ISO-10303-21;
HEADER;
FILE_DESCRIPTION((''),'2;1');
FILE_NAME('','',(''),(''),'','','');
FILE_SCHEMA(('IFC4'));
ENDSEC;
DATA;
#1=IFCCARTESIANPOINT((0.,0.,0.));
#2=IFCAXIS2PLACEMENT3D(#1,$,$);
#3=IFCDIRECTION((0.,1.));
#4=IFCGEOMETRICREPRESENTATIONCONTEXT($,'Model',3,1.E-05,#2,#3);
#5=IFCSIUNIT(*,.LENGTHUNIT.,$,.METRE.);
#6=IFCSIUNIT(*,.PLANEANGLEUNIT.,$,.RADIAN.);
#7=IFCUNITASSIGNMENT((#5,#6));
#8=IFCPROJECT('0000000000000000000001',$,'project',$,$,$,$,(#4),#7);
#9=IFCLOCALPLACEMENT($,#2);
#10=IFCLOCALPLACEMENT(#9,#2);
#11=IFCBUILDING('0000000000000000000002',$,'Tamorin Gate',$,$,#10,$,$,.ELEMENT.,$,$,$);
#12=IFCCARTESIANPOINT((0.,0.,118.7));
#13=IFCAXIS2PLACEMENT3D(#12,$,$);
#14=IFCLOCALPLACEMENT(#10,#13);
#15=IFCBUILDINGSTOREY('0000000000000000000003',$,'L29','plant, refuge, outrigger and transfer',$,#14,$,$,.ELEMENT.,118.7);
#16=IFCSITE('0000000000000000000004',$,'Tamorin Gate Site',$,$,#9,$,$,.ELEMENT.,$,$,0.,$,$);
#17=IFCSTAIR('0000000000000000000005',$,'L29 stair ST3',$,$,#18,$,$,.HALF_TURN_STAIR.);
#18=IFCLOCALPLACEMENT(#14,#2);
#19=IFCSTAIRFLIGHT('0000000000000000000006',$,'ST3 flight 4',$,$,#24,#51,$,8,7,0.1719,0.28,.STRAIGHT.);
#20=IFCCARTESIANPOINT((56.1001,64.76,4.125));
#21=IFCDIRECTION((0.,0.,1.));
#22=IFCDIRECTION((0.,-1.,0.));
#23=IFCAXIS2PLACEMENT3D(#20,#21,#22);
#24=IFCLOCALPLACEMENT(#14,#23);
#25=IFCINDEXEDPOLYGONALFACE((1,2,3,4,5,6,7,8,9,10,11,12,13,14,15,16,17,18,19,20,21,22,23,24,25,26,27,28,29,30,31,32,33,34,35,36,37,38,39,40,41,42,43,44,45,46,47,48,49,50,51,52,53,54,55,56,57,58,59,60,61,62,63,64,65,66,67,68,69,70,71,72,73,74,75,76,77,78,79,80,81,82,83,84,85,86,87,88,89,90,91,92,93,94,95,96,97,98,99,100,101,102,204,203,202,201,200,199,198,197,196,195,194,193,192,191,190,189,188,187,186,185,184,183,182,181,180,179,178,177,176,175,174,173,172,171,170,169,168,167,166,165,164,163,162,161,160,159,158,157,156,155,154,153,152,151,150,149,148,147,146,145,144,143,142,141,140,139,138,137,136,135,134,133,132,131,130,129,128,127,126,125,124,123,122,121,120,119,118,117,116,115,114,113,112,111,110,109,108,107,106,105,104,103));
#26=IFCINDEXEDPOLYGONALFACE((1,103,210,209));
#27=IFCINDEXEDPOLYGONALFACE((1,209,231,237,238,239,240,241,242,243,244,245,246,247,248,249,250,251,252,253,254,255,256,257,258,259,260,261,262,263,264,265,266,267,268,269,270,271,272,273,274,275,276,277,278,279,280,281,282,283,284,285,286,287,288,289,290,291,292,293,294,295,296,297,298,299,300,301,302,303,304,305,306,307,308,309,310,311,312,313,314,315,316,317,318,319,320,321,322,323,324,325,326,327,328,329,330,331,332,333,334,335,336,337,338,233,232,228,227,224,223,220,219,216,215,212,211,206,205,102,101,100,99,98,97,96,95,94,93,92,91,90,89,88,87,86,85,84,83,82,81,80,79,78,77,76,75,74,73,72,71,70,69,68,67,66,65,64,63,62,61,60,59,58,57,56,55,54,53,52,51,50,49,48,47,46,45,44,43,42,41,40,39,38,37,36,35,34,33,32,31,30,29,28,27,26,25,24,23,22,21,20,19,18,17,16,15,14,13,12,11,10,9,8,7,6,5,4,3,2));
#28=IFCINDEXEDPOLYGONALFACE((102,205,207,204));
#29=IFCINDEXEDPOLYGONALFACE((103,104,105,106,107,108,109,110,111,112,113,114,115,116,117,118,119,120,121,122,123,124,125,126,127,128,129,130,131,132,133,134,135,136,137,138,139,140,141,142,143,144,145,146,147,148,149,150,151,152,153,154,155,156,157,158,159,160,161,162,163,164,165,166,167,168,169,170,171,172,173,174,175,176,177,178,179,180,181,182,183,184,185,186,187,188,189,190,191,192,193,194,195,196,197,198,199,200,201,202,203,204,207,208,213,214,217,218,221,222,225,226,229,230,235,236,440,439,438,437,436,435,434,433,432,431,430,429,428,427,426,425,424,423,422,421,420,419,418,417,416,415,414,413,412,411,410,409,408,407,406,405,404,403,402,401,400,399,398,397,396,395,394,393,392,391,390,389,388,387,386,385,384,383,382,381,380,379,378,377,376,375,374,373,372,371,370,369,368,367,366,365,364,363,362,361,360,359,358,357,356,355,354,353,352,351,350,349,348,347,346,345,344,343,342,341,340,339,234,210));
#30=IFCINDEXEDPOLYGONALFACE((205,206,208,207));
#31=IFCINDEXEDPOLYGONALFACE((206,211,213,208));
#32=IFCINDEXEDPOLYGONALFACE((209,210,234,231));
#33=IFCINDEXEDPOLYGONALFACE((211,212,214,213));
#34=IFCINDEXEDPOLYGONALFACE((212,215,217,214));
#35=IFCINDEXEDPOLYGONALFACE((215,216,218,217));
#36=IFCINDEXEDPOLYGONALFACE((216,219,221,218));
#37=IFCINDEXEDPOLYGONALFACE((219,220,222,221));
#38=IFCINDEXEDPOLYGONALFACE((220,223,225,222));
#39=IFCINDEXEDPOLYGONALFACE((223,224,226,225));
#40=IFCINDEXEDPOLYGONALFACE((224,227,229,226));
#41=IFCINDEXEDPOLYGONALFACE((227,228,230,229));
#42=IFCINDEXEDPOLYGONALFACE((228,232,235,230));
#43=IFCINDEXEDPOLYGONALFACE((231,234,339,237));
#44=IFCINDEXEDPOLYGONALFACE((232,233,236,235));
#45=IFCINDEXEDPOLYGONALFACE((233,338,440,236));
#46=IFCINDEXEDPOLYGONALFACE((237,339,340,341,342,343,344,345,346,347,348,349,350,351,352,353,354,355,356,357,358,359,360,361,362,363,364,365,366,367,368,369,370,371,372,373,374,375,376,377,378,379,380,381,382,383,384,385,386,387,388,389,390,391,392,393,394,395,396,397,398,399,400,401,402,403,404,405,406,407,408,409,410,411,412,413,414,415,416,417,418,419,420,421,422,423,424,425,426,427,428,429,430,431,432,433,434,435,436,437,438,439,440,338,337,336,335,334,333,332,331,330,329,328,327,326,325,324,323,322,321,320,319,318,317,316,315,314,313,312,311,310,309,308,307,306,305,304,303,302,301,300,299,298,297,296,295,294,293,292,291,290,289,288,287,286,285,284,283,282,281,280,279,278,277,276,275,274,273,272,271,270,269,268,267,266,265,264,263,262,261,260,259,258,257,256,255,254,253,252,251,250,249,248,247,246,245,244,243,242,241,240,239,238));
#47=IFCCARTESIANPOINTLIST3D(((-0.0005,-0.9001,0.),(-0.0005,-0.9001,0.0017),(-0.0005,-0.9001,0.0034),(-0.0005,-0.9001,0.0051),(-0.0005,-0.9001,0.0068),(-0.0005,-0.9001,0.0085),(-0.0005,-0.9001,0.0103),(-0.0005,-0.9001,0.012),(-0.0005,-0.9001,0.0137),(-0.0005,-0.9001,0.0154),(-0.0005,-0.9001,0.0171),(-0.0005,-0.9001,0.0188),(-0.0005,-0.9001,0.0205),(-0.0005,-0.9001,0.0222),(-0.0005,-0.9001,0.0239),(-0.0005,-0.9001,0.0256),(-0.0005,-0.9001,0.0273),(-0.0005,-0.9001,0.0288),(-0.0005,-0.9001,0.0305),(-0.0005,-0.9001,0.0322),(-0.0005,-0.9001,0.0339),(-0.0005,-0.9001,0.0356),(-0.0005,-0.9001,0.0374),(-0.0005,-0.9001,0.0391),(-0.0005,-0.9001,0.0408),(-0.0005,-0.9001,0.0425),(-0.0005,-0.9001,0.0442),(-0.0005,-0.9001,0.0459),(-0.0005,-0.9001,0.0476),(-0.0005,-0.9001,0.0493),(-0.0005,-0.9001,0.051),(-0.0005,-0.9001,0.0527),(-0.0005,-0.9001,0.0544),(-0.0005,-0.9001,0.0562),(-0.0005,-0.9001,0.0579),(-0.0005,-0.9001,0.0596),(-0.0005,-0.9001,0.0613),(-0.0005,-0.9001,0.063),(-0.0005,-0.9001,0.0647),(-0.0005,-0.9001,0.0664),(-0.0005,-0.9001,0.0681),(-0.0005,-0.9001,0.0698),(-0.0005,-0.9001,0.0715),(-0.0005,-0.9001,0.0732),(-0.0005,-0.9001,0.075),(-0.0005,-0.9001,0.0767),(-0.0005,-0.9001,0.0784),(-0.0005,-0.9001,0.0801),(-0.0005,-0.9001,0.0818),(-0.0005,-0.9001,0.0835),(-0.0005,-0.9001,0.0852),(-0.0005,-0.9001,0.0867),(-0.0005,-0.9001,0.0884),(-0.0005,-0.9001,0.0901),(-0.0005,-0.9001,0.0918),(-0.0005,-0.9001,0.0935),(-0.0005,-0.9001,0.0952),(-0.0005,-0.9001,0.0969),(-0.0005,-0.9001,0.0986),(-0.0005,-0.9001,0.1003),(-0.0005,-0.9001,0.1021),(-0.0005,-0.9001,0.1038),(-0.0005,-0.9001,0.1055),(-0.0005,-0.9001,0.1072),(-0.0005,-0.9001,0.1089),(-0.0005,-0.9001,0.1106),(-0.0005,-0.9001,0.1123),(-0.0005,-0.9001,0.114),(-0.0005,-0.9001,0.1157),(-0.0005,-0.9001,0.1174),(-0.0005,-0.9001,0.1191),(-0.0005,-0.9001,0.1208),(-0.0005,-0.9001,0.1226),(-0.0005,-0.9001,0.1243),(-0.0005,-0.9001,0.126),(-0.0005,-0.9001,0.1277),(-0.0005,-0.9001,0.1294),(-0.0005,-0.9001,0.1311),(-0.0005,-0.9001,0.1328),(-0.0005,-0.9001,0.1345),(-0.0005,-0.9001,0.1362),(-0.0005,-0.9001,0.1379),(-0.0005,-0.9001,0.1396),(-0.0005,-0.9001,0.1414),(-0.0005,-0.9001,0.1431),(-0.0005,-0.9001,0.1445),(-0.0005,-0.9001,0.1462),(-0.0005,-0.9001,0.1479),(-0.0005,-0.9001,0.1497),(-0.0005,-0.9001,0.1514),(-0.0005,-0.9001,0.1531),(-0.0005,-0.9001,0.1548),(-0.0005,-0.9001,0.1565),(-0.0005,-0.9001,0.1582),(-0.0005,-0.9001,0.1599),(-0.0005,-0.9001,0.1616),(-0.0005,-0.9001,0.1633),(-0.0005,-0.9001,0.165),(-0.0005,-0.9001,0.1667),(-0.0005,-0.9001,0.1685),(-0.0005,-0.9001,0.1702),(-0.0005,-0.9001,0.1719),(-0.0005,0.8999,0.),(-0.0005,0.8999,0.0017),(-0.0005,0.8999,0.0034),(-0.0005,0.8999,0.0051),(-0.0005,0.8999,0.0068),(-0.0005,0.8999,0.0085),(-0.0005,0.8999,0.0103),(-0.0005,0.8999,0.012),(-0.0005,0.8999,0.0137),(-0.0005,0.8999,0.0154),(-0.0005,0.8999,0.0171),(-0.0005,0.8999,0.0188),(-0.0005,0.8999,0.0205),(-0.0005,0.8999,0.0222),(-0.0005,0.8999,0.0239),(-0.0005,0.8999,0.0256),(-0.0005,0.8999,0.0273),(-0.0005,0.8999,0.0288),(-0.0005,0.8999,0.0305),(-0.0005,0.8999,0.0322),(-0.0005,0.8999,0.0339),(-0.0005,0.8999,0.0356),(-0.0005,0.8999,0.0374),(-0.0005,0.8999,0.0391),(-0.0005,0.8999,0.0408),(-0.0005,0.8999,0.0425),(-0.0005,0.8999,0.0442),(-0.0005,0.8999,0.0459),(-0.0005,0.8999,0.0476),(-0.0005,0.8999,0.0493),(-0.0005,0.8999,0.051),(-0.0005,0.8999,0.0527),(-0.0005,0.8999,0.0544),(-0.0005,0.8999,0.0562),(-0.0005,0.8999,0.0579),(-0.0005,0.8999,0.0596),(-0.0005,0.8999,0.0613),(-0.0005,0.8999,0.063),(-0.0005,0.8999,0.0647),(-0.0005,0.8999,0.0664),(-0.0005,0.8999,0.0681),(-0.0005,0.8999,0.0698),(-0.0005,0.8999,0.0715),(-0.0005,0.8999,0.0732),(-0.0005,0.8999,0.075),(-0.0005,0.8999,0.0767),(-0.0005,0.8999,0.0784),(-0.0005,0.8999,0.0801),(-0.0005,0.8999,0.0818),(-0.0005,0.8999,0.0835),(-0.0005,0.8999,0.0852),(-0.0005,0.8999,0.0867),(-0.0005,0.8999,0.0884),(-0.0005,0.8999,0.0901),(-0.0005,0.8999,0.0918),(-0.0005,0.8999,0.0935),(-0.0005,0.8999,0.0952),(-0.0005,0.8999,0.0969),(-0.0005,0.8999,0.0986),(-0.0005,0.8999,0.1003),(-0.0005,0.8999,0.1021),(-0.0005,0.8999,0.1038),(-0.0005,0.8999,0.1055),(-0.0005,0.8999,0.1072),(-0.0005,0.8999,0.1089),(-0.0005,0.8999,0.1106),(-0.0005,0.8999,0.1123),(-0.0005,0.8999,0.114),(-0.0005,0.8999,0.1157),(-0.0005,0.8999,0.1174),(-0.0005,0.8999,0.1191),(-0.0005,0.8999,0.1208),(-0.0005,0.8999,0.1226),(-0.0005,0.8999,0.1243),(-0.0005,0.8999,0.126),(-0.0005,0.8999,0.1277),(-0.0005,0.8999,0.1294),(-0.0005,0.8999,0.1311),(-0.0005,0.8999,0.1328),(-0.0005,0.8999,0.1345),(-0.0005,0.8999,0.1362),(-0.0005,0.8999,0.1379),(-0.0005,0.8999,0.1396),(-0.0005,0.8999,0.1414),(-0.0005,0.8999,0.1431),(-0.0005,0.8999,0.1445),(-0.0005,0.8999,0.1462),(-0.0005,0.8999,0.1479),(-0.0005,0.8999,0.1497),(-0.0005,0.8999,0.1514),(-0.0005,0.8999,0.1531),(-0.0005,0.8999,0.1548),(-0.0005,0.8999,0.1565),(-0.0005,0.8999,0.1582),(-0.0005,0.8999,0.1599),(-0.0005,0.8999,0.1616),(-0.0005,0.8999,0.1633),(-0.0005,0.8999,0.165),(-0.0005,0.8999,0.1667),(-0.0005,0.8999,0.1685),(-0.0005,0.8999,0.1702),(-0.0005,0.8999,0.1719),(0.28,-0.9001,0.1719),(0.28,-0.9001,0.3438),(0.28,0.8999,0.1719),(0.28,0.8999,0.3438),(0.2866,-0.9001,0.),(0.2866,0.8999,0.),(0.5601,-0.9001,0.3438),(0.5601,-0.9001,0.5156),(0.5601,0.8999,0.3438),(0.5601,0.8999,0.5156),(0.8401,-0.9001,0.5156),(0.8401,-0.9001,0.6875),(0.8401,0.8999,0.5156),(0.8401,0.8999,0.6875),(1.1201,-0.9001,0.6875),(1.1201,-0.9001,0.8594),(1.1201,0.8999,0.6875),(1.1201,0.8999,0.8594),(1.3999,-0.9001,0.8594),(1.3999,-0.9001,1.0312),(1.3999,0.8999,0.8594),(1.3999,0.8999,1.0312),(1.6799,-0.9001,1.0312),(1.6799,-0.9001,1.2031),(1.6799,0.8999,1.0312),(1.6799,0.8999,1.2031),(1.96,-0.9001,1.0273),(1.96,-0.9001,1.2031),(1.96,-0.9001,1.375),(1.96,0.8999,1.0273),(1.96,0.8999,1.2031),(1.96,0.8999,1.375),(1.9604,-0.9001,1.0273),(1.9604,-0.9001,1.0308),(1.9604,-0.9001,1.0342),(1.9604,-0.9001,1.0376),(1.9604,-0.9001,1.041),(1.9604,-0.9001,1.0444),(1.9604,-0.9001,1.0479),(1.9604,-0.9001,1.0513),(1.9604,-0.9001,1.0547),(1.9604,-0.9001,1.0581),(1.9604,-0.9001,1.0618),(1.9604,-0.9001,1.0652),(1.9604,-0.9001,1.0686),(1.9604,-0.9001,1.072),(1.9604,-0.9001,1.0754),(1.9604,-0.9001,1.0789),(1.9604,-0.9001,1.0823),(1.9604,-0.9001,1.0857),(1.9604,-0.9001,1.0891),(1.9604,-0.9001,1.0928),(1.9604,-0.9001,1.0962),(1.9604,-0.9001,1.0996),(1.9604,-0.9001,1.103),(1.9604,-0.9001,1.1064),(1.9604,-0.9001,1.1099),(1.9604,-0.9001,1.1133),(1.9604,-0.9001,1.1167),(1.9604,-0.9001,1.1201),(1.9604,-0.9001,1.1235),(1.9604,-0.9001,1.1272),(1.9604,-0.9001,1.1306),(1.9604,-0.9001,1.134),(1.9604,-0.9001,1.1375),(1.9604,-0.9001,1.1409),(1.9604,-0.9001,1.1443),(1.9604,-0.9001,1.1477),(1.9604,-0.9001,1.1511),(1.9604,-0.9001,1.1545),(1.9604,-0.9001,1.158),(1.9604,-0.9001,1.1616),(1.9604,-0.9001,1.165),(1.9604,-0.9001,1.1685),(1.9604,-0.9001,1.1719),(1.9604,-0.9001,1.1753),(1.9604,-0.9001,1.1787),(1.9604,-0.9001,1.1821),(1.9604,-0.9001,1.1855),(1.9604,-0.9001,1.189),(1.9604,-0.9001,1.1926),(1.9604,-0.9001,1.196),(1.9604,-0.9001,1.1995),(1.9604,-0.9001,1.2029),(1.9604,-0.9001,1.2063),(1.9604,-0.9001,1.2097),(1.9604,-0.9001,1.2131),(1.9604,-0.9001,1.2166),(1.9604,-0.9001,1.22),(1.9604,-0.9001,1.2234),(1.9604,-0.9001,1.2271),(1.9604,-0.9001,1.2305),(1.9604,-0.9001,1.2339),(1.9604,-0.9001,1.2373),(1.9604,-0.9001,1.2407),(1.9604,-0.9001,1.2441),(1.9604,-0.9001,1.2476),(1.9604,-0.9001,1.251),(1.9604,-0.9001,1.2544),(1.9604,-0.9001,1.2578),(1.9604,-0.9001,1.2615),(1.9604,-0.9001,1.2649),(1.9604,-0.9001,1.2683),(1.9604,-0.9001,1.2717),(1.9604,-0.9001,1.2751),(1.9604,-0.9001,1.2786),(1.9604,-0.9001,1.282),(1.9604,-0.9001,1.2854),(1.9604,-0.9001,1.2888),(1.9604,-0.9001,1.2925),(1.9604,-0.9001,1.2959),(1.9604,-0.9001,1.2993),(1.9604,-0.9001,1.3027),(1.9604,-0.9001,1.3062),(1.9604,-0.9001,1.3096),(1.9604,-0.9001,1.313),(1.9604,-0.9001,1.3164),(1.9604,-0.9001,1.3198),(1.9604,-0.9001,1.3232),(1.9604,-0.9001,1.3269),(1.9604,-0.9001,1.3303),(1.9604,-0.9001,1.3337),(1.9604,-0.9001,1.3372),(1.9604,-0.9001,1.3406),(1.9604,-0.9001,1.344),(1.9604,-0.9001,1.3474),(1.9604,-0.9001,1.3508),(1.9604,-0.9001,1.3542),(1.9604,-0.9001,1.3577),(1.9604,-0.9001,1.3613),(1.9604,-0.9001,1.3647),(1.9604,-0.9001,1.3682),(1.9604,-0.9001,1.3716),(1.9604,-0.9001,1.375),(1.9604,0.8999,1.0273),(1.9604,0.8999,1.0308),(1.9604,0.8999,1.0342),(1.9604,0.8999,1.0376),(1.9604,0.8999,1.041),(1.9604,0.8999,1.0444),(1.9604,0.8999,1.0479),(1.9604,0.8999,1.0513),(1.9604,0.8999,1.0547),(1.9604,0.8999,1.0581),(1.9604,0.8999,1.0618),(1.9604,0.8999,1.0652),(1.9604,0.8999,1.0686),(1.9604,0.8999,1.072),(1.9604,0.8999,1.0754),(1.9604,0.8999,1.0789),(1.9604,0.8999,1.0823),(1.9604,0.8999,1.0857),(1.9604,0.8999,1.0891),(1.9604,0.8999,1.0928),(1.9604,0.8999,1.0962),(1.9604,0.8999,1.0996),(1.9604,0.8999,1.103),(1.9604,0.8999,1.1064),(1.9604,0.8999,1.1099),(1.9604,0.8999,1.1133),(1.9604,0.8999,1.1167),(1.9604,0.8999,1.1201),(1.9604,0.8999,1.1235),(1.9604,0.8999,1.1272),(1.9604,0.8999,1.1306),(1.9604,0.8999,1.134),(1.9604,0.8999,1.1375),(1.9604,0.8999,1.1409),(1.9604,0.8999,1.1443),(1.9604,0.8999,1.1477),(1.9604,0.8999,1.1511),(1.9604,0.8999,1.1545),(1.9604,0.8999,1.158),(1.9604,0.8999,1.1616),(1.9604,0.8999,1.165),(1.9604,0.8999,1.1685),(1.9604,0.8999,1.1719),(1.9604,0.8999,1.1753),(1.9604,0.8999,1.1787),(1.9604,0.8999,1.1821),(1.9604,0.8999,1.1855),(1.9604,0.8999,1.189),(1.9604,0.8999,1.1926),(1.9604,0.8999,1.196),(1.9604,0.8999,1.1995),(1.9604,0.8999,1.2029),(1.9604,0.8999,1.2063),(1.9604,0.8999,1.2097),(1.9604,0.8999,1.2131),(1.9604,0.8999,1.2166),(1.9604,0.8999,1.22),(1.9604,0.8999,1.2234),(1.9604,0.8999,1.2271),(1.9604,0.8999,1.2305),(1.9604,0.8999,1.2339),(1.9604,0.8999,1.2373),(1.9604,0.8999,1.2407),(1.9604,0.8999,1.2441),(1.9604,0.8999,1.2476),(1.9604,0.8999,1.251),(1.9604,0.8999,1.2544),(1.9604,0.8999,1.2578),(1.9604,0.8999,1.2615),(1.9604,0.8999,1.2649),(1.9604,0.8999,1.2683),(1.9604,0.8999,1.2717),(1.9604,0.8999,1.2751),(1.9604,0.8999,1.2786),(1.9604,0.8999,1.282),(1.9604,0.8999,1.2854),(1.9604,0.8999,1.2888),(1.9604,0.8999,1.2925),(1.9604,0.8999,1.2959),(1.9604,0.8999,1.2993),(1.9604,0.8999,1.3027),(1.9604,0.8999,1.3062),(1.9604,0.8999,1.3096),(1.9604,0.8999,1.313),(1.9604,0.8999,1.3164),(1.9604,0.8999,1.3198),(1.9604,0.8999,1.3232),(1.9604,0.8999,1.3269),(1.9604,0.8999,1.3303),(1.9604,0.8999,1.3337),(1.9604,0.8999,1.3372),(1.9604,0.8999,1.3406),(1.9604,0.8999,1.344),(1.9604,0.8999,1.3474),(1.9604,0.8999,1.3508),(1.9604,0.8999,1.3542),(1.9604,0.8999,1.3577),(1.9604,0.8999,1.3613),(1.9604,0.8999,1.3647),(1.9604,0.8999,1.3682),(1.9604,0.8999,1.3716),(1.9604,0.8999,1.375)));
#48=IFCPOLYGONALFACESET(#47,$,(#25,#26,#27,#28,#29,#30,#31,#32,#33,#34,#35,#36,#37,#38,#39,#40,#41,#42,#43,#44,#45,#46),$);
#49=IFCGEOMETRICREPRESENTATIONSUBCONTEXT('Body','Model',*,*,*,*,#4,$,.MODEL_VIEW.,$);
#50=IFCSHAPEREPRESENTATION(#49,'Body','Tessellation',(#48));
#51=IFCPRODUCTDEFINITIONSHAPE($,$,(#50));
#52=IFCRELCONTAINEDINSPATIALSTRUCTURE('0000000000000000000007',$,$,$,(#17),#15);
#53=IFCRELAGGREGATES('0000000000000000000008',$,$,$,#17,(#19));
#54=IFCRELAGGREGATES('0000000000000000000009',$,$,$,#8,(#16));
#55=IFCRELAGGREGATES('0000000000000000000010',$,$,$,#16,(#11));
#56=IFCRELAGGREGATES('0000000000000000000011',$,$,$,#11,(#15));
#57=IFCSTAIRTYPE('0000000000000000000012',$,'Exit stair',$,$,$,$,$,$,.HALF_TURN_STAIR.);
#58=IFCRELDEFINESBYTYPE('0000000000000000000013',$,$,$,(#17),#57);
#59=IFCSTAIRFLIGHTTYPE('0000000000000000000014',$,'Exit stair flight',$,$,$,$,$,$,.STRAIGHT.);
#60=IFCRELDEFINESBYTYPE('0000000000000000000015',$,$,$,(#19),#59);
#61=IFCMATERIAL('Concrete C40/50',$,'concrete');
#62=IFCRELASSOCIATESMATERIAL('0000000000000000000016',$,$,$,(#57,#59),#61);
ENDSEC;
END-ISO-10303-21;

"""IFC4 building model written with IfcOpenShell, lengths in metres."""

from ifc_helpers import new_model, si_unit, direction, frame, origin, place, context, subcontext, project, spatial, polyline, outline, extrude, material, type_object, element, aggregate, save


model = new_model("IFC4")

# Units and contexts
model_context = context("Model", 3, precision=1e-05, world=origin(), true_north=direction((0.0, 1.0)))
body_context = subcontext(model_context, "Body", "Model", "MODEL_VIEW")
ifc_project = project(units=[si_unit("LENGTHUNIT", "METRE"), si_unit("PLANEANGLEUNIT", "RADIAN")], contexts=[model_context])

# Site, building, storey
site_placement = place(None, origin())
site = spatial("IfcSite", under=ifc_project, at=site_placement, Name="Tamorin Gate Site", CompositionType="ELEMENT", RefElevation=0.0)
building_placement = place(site_placement, origin())
building = spatial("IfcBuilding", under=site, at=building_placement, Name="Tamorin Gate", CompositionType="ELEMENT")
storey_placement = place(building_placement, frame((0.0, 0.0, 118.7)))
storey = spatial("IfcBuildingStorey", under=building, at=storey_placement, Name="L29", Description="plant, refuge, outrigger and transfer", CompositionType="ELEMENT", Elevation=118.7)

# Stair, stair flight
ifc_material_1 = material(Name="Concrete C40/50", Category="concrete")
stair_type = type_object("IfcStairType", Name="Exit stair", PredefinedType="HALF_TURN_STAIR", material=ifc_material_1)
stair_placement = place(storey_placement, origin())
stair = element("IfcStair", 1, at=stair_placement, inside=storey, type_object=stair_type, Name="L29 stair ST3", PredefinedType="HALF_TURN_STAIR")
stair_flight_type = type_object("IfcStairFlightType", Name="Exit stair flight", PredefinedType="STRAIGHT", material=ifc_material_1)
stair_flight_1_placement = place(storey_placement, frame((56.1001, 64.76, 4.125), z_axis=(0.0, 0.0, 1.0), x_axis=(0.0, -1.0, 0.0)))
stair_flight_1 = element("IfcStairFlight", 2, at=stair_flight_1_placement, type_object=stair_flight_type, Name="ST3 flight 4", NumberOfRisers=8, NumberOfTreads=7, PredefinedType="STRAIGHT", RiserHeight=0.1719, TreadLength=0.28, context=body_context, shape_type="SweptSolid", body=[
    extrude(outline(polyline([(-0.0005, 0.0), (-0.0005, 0.0017), (-0.0005, 0.0034), (-0.0005, 0.0051), (-0.0005, 0.0068), (-0.0005, 0.0085), (-0.0005, 0.0103), (-0.0005, 0.012), (-0.0005, 0.0137), (-0.0005, 0.0154), (-0.0005, 0.0171), (-0.0005, 0.0188), (-0.0005, 0.0205), (-0.0005, 0.0222), (-0.0005, 0.0239), (-0.0005, 0.0256), (-0.0005, 0.0273), (-0.0005, 0.0288), (-0.0005, 0.0305), (-0.0005, 0.0322), (-0.0005, 0.0339), (-0.0005, 0.0356), (-0.0005, 0.0374), (-0.0005, 0.0391), (-0.0005, 0.0408), (-0.0005, 0.0425), (-0.0005, 0.0442), (-0.0005, 0.0459), (-0.0005, 0.0476), (-0.0005, 0.0493), (-0.0005, 0.051), (-0.0005, 0.0527), (-0.0005, 0.0544), (-0.0005, 0.0562), (-0.0005, 0.0579), (-0.0005, 0.0596), (-0.0005, 0.0613), (-0.0005, 0.063), (-0.0005, 0.0647), (-0.0005, 0.0664), (-0.0005, 0.0681), (-0.0005, 0.0698), (-0.0005, 0.0715), (-0.0005, 0.0732), (-0.0005, 0.075), (-0.0005, 0.0767), (-0.0005, 0.0784), (-0.0005, 0.0801), (-0.0005, 0.0818), (-0.0005, 0.0835), (-0.0005, 0.0852), (-0.0005, 0.0867), (-0.0005, 0.0884), (-0.0005, 0.0901), (-0.0005, 0.0918), (-0.0005, 0.0935), (-0.0005, 0.0952), (-0.0005, 0.0969), (-0.0005, 0.0986), (-0.0005, 0.1003), (-0.0005, 0.1021), (-0.0005, 0.1038), (-0.0005, 0.1055), (-0.0005, 0.1072), (-0.0005, 0.1089), (-0.0005, 0.1106), (-0.0005, 0.1123), (-0.0005, 0.114), (-0.0005, 0.1157), (-0.0005, 0.1174), (-0.0005, 0.1191), (-0.0005, 0.1208), (-0.0005, 0.1226), (-0.0005, 0.1243), (-0.0005, 0.126), (-0.0005, 0.1277), (-0.0005, 0.1294), (-0.0005, 0.1311), (-0.0005, 0.1328), (-0.0005, 0.1345), (-0.0005, 0.1362), (-0.0005, 0.1379), (-0.0005, 0.1396), (-0.0005, 0.1414), (-0.0005, 0.1431), (-0.0005, 0.1445), (-0.0005, 0.1462), (-0.0005, 0.1479), (-0.0005, 0.1497), (-0.0005, 0.1514), (-0.0005, 0.1531), (-0.0005, 0.1548), (-0.0005, 0.1565), (-0.0005, 0.1582), (-0.0005, 0.1599), (-0.0005, 0.1616), (-0.0005, 0.1633), (-0.0005, 0.165), (-0.0005, 0.1667), (-0.0005, 0.1685), (-0.0005, 0.1702), (-0.0005, 0.1719), (0.28, 0.1719), (0.28, 0.3438), (0.5601, 0.3438), (0.5601, 0.5156), (0.8401, 0.5156), (0.8401, 0.6875), (1.1201, 0.6875), (1.1201, 0.8594), (1.3999, 0.8594), (1.3999, 1.0312), (1.6799, 1.0312), (1.6799, 1.2031), (1.96, 1.2031), (1.96, 1.375), (1.9604, 1.375), (1.9604, 1.3716), (1.9604, 1.3682), (1.9604, 1.3647), (1.9604, 1.3613), (1.9604, 1.3577), (1.9604, 1.3542), (1.9604, 1.3508), (1.9604, 1.3474), (1.9604, 1.344), (1.9604, 1.3406), (1.9604, 1.3372), (1.9604, 1.3337), (1.9604, 1.3303), (1.9604, 1.3269), (1.9604, 1.3232), (1.9604, 1.3198), (1.9604, 1.3164), (1.9604, 1.313), (1.9604, 1.3096), (1.9604, 1.3062), (1.9604, 1.3027), (1.9604, 1.2993), (1.9604, 1.2959), (1.9604, 1.2925), (1.9604, 1.2888), (1.9604, 1.2854), (1.9604, 1.282), (1.9604, 1.2786), (1.9604, 1.2751), (1.9604, 1.2717), (1.9604, 1.2683), (1.9604, 1.2649), (1.9604, 1.2615), (1.9604, 1.2578), (1.9604, 1.2544), (1.9604, 1.251), (1.9604, 1.2476), (1.9604, 1.2441), (1.9604, 1.2407), (1.9604, 1.2373), (1.9604, 1.2339), (1.9604, 1.2305), (1.9604, 1.2271), (1.9604, 1.2234), (1.9604, 1.22), (1.9604, 1.2166), (1.9604, 1.2131), (1.9604, 1.2097), (1.9604, 1.2063), (1.9604, 1.2029), (1.9604, 1.1995), (1.9604, 1.196), (1.9604, 1.1926), (1.9604, 1.189), (1.9604, 1.1855), (1.9604, 1.1821), (1.9604, 1.1787), (1.9604, 1.1753), (1.9604, 1.1719), (1.9604, 1.1685), (1.9604, 1.165), (1.9604, 1.1616), (1.9604, 1.158), (1.9604, 1.1545), (1.9604, 1.1511), (1.9604, 1.1477), (1.9604, 1.1443), (1.9604, 1.1409), (1.9604, 1.1375), (1.9604, 1.134), (1.9604, 1.1306), (1.9604, 1.1272), (1.9604, 1.1235), (1.9604, 1.1201), (1.9604, 1.1167), (1.9604, 1.1133), (1.9604, 1.1099), (1.9604, 1.1064), (1.9604, 1.103), (1.9604, 1.0996), (1.9604, 1.0962), (1.9604, 1.0928), (1.9604, 1.0891), (1.9604, 1.0857), (1.9604, 1.0823), (1.9604, 1.0789), (1.9604, 1.0754), (1.9604, 1.072), (1.9604, 1.0686), (1.9604, 1.0652), (1.9604, 1.0618), (1.9604, 1.0581), (1.9604, 1.0547), (1.9604, 1.0513), (1.9604, 1.0479), (1.9604, 1.0444), (1.9604, 1.041), (1.9604, 1.0376), (1.9604, 1.0342), (1.9604, 1.0308), (1.9604, 1.0273), (1.96, 1.0273), (0.2866, 0.0), (-0.0005, 0.0)])), frame((0.0, 0.8999, 0.0), z_axis=(0.0, -1.0, 0.0), x_axis=(1.0, 0.0, 0.0)), (0.0, 0.0, 1.0), 1.8),
])
aggregate(stair, [stair_flight_1])

save(model, "model.ifc")
